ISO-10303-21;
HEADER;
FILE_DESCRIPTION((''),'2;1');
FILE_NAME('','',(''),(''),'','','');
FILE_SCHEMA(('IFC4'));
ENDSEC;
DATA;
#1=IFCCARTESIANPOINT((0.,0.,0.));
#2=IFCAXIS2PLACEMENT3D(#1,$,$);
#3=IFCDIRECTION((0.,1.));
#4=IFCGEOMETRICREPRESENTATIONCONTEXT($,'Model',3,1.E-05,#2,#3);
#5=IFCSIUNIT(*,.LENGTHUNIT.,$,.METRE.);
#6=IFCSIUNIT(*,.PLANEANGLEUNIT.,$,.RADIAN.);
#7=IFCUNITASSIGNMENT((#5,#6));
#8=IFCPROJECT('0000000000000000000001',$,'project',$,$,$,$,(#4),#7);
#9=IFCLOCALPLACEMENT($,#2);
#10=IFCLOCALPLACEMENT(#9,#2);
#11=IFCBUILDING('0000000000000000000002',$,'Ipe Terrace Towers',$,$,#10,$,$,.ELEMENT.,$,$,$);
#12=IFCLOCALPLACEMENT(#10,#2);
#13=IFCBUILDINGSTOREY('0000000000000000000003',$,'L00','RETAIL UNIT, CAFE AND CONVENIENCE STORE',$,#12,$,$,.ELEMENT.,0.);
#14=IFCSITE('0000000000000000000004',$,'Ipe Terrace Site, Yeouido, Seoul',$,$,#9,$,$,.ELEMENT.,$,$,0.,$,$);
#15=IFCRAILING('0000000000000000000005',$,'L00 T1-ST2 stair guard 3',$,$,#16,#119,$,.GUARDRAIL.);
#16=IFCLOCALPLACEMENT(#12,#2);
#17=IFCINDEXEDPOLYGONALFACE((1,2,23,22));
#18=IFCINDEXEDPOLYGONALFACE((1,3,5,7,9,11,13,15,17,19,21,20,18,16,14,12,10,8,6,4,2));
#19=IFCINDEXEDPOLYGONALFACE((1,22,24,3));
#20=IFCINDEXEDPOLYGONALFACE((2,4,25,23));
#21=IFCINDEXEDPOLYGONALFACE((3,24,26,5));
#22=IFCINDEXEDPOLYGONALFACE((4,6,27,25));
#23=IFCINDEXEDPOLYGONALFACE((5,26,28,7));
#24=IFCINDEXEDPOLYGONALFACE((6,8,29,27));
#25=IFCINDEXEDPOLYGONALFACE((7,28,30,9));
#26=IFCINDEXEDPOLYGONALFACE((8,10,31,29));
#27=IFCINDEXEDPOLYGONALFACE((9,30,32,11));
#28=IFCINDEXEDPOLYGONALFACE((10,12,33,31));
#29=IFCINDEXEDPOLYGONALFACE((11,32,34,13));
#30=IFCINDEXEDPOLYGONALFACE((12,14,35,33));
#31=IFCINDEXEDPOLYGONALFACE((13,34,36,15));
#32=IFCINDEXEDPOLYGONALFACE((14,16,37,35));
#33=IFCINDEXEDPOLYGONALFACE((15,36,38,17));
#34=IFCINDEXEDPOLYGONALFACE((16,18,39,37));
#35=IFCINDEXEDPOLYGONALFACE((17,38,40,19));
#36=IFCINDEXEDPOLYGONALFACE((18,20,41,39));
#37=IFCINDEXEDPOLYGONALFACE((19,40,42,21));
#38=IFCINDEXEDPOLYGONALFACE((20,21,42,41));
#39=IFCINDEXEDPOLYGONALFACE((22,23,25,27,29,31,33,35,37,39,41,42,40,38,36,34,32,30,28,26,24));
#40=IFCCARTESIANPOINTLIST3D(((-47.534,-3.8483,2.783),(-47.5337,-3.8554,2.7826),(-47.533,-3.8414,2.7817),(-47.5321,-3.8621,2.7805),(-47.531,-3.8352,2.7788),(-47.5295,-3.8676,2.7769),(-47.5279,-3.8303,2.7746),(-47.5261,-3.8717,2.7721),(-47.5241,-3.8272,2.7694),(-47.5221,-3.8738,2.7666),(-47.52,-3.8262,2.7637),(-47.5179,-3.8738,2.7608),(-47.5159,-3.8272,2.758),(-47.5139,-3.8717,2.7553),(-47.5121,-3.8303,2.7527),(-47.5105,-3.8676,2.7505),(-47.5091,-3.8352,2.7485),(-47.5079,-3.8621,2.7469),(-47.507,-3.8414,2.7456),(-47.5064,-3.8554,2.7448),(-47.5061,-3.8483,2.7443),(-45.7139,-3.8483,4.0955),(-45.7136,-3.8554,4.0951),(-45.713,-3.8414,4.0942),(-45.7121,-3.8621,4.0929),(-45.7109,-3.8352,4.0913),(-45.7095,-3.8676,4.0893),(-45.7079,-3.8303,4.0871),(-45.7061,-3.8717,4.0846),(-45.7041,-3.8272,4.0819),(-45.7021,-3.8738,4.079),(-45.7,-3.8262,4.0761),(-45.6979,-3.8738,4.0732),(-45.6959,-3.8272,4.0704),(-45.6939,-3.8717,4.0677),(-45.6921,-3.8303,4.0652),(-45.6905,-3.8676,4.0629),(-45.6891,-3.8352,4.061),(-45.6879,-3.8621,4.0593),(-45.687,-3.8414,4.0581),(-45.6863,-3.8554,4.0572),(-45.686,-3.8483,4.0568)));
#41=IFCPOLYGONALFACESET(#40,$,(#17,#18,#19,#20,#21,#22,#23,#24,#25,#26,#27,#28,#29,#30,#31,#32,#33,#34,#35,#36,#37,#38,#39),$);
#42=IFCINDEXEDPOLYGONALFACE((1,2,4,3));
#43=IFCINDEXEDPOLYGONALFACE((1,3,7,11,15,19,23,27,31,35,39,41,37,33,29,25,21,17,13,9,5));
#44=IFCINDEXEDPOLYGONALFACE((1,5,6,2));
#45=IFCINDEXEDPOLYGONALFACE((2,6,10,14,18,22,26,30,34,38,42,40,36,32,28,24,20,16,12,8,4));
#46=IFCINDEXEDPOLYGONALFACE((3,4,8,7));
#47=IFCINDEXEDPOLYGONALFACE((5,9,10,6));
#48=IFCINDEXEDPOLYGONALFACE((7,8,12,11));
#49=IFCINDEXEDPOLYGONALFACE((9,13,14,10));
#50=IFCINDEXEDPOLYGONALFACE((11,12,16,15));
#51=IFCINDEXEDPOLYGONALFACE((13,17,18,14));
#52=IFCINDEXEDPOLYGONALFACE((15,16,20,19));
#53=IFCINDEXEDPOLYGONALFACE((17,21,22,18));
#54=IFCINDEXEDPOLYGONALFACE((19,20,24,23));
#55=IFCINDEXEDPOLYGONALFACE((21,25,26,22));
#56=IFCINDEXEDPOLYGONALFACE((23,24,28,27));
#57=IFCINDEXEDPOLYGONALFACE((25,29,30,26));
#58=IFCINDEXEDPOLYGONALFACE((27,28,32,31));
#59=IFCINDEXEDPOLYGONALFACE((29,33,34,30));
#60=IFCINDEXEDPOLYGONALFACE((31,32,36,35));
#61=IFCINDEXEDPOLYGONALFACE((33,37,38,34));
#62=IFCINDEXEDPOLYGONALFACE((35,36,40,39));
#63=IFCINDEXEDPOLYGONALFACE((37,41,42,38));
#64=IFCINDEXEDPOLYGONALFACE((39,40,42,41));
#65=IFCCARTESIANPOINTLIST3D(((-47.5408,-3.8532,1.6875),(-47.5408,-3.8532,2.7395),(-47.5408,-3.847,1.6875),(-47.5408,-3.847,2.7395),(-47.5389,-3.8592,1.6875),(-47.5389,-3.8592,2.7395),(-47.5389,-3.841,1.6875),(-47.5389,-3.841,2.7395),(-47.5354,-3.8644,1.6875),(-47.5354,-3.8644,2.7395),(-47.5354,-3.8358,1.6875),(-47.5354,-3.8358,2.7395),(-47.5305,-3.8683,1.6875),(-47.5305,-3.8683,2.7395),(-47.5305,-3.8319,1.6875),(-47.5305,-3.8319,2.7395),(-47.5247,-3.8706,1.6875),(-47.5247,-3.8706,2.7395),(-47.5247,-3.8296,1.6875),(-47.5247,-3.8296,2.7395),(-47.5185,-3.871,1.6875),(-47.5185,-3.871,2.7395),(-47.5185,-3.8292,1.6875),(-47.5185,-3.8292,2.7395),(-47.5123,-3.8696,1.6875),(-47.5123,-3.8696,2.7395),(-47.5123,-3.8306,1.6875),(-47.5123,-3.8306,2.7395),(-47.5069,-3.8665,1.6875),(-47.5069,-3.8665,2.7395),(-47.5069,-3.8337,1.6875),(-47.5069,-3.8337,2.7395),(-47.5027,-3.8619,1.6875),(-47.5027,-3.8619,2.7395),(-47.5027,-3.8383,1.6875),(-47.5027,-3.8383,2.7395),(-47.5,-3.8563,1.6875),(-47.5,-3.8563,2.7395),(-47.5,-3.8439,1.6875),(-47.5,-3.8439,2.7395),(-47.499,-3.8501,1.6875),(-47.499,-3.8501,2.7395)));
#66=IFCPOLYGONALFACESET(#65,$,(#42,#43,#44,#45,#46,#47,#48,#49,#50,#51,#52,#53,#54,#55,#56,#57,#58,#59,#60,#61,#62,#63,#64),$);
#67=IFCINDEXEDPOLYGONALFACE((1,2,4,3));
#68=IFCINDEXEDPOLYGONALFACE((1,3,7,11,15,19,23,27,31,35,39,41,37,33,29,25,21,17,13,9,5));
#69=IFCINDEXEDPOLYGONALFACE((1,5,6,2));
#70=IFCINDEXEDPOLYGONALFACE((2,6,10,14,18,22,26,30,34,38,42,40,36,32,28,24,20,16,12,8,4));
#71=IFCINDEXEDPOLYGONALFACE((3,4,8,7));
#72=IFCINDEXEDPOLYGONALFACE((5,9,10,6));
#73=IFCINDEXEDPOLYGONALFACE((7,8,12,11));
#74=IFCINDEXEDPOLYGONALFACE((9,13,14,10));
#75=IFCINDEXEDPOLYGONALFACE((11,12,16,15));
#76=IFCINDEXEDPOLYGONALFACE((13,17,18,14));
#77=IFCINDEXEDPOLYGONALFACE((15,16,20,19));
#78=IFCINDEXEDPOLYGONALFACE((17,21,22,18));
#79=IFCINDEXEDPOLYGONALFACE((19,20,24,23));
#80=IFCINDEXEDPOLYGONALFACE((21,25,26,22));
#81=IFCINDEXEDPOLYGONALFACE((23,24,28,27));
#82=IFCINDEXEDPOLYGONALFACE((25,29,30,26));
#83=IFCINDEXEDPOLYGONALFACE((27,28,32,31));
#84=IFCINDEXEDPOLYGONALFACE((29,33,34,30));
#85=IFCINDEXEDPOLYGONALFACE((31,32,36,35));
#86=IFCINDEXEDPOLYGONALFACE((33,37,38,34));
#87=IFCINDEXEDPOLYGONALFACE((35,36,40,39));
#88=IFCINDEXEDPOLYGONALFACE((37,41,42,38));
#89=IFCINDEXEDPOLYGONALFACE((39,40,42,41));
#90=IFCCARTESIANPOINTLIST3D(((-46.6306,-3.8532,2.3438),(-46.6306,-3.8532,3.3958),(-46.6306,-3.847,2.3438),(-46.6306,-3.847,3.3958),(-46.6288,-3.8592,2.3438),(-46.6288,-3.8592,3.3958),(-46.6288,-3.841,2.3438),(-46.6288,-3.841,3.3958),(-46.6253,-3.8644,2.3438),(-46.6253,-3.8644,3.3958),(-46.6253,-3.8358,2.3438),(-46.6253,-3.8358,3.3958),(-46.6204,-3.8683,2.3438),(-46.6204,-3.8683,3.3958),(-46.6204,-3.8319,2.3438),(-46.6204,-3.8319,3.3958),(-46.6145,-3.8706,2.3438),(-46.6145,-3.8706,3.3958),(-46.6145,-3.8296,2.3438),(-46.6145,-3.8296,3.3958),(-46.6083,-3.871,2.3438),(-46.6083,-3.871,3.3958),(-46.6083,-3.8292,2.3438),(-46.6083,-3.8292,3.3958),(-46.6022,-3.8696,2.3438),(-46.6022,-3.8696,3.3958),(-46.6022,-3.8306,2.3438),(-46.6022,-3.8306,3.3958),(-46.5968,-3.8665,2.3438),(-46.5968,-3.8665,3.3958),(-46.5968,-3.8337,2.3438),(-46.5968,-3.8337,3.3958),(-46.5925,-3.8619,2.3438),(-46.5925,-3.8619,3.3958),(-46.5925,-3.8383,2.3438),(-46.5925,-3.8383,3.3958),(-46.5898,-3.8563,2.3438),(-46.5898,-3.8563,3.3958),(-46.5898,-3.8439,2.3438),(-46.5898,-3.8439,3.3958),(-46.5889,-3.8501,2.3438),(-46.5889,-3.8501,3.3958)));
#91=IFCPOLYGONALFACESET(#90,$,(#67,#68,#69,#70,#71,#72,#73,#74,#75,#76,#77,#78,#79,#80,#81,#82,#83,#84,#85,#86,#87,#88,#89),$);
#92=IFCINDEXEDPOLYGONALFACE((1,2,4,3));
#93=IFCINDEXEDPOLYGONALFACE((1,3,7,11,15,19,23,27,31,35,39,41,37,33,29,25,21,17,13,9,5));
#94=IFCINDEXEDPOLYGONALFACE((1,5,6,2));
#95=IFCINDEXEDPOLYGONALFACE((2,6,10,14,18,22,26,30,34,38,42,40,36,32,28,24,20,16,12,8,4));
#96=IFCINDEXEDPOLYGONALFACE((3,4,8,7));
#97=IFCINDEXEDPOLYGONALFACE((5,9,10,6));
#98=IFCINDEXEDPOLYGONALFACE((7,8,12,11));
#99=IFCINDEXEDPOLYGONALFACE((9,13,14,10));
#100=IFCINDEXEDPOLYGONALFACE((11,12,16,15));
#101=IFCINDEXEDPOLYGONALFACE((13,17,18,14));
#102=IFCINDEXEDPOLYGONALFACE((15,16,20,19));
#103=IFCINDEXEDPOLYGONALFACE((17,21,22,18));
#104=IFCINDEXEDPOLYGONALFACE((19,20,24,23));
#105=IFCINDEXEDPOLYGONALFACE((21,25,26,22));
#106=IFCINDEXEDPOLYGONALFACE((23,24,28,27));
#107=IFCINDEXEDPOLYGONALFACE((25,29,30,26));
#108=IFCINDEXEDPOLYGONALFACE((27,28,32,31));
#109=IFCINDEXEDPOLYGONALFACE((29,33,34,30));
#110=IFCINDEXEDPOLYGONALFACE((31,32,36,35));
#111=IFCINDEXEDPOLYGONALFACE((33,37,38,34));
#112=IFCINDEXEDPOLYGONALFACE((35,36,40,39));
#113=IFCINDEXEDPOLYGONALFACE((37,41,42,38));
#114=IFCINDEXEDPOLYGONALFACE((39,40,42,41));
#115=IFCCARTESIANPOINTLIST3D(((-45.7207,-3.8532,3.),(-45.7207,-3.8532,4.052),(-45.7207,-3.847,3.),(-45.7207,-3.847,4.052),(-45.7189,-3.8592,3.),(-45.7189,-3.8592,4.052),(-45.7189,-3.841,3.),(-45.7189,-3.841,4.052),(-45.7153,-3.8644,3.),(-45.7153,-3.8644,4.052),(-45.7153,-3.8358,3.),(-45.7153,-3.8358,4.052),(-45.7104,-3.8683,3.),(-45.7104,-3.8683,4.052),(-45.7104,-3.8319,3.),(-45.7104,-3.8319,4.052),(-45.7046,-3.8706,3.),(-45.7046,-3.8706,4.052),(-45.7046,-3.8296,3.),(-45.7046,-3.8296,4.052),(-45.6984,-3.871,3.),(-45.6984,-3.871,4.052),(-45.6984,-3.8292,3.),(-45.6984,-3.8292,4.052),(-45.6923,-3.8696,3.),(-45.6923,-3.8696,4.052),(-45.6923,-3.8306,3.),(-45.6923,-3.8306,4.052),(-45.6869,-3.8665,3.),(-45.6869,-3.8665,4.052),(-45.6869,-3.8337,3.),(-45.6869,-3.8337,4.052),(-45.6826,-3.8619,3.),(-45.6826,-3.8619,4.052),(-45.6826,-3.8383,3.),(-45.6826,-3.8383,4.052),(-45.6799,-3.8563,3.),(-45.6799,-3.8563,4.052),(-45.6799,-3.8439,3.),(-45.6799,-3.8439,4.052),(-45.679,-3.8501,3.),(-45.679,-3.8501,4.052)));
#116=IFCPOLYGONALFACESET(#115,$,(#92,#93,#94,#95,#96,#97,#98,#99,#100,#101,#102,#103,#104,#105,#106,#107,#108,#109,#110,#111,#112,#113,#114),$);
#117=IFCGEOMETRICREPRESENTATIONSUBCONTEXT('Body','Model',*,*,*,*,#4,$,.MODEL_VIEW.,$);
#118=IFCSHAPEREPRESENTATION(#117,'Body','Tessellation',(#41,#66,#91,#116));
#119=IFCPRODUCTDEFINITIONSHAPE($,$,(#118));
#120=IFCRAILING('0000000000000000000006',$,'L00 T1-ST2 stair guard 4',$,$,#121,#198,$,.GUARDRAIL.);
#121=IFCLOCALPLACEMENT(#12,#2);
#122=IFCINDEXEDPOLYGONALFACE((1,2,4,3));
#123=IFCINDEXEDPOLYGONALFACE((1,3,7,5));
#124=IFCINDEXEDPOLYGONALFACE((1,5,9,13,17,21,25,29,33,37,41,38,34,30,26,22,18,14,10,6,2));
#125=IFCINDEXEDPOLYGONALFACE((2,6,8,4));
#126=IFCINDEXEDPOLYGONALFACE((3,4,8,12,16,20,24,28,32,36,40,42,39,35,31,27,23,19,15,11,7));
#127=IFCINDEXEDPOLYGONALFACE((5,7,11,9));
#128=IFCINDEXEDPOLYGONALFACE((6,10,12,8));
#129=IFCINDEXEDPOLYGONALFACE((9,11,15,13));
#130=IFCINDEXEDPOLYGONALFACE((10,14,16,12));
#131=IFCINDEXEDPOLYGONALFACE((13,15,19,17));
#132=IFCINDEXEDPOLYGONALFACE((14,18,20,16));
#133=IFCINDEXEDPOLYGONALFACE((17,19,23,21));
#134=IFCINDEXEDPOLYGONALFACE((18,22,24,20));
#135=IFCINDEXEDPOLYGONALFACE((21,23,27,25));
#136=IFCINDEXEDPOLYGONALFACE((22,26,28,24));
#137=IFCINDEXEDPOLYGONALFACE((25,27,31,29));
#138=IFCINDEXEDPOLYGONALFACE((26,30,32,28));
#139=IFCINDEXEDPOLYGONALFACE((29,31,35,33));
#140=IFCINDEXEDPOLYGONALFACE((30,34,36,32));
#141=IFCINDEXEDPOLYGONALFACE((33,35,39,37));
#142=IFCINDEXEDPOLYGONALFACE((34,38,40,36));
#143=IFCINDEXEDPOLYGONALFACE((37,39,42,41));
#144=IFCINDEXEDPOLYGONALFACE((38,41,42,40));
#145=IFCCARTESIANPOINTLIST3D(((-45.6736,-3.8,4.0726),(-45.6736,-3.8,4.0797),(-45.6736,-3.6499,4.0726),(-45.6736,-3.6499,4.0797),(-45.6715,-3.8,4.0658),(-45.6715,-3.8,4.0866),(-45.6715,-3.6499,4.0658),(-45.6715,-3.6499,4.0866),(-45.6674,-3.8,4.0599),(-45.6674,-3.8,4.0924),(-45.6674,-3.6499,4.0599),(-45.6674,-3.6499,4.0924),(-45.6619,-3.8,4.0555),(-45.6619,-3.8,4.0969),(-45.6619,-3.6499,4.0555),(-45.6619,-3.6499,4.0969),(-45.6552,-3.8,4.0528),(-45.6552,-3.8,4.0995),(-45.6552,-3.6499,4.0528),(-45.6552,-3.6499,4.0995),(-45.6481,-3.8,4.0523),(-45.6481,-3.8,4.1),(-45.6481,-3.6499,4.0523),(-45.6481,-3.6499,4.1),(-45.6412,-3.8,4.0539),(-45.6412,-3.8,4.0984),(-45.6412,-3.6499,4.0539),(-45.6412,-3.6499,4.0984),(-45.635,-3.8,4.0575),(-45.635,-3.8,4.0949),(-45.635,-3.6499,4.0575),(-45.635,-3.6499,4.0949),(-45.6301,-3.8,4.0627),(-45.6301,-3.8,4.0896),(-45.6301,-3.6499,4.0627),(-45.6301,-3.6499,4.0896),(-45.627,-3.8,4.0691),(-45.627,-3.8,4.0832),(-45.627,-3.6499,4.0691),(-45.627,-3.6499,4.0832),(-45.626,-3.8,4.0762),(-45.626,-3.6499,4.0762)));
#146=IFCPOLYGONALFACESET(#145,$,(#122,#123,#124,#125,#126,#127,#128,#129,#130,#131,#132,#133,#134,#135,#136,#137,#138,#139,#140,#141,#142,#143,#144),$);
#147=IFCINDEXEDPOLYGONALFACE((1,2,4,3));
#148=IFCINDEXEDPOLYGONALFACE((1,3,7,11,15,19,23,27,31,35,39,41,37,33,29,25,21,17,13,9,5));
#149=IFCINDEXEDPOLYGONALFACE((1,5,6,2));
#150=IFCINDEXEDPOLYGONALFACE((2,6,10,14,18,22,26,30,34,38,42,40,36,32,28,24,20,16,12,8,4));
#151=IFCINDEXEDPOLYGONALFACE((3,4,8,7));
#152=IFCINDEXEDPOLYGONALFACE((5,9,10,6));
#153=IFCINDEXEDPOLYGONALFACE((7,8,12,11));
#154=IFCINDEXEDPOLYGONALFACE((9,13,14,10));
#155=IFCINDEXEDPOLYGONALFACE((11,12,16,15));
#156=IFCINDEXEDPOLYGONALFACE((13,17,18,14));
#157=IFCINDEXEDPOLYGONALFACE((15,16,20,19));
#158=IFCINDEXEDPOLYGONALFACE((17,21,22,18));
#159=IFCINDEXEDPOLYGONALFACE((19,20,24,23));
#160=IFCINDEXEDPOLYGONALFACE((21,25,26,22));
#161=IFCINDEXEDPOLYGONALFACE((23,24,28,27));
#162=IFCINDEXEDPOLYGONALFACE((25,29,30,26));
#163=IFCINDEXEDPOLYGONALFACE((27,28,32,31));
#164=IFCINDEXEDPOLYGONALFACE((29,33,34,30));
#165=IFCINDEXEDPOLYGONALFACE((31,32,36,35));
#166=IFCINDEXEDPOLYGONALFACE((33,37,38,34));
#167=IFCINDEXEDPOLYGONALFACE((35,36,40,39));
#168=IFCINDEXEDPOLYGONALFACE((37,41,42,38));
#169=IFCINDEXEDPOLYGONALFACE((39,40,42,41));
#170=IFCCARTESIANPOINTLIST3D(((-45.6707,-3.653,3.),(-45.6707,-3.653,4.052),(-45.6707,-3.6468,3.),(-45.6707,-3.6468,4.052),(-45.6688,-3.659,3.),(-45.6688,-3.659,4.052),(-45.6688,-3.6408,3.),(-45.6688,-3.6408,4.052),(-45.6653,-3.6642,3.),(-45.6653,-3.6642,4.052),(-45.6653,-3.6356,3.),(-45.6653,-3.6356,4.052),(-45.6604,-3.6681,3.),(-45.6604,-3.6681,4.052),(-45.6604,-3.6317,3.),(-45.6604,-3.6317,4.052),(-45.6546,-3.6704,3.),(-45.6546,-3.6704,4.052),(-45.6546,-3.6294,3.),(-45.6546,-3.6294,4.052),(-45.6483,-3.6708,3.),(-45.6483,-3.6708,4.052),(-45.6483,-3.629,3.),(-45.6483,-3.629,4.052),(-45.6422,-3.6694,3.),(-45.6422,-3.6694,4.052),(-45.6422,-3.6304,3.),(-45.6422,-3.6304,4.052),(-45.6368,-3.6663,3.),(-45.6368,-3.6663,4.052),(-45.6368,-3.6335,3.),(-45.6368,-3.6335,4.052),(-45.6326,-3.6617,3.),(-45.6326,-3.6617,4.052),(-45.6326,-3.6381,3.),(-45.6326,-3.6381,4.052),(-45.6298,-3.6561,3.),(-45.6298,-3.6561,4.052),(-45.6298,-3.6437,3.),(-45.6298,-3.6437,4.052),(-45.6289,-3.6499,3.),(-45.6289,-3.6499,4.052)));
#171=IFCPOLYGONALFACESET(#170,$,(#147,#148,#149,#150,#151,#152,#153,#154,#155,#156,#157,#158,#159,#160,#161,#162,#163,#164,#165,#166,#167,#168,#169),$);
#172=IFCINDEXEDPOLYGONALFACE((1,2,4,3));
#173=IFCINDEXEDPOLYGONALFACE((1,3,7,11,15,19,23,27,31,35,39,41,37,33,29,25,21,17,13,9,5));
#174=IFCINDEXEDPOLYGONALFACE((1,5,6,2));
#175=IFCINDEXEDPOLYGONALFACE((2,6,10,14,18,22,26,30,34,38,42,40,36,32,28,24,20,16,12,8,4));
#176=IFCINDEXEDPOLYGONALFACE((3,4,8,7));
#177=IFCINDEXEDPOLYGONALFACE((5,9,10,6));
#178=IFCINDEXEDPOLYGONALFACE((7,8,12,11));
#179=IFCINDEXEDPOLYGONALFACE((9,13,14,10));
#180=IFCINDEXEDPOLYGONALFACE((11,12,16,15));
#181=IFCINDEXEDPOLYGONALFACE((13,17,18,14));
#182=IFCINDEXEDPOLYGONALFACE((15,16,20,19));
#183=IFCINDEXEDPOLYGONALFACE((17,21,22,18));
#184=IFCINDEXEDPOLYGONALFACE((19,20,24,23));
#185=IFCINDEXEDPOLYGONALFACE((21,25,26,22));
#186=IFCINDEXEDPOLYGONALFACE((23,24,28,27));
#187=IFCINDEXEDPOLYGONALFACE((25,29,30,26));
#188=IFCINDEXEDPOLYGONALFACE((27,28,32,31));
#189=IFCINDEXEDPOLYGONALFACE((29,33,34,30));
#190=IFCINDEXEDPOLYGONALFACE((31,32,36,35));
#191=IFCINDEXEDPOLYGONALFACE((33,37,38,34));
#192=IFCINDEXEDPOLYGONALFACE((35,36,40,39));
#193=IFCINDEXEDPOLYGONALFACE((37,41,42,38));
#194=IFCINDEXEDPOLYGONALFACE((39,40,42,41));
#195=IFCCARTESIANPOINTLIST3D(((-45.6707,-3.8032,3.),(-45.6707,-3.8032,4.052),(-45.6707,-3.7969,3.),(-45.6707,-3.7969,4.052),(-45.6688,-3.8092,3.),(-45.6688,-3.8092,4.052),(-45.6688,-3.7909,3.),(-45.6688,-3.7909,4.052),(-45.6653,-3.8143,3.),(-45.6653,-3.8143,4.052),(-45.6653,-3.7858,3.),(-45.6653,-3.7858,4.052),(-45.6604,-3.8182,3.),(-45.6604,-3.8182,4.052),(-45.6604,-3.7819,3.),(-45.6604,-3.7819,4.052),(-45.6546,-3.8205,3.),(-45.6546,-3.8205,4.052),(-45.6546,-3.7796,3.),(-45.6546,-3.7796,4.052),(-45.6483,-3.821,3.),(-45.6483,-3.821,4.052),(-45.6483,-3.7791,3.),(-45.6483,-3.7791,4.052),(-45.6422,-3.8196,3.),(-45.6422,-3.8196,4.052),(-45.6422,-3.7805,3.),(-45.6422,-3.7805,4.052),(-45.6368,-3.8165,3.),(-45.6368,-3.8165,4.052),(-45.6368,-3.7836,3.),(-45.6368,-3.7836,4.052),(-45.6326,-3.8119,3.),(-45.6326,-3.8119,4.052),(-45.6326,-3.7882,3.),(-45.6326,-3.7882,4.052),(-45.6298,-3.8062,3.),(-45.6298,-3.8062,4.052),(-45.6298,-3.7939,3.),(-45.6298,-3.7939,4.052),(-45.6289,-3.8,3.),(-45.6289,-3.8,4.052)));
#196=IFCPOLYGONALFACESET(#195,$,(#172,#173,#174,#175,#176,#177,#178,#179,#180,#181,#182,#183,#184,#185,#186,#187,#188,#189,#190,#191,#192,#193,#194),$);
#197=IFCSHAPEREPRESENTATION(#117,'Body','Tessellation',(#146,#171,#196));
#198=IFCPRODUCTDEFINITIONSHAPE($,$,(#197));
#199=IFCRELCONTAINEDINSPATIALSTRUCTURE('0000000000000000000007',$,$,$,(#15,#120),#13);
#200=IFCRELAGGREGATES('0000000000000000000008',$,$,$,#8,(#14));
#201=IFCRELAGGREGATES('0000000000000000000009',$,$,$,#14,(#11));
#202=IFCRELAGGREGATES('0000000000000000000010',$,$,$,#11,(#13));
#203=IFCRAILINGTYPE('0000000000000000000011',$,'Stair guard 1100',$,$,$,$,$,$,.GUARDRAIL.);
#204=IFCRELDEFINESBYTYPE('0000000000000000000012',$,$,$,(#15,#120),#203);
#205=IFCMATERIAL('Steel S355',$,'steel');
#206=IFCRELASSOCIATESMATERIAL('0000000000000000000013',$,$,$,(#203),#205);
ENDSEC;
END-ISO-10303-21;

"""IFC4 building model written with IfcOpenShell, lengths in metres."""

from ifc_helpers import new_model, si_unit, direction, frame, origin, origin_2d, place, context, subcontext, project, spatial, circle, extrude, material, type_object, element, save


model = new_model("IFC4")

# Units and contexts
model_context = context("Model", 3, precision=1e-05, world=origin(), true_north=direction((0.0, 1.0)))
body_context = subcontext(model_context, "Body", "Model", "MODEL_VIEW")
ifc_project = project(units=[si_unit("LENGTHUNIT", "METRE"), si_unit("PLANEANGLEUNIT", "RADIAN")], contexts=[model_context])

# Site, building, storey
site_placement = place(None, origin())
site = spatial("IfcSite", under=ifc_project, at=site_placement, Name="Ipe Terrace Site, Yeouido, Seoul", CompositionType="ELEMENT", RefElevation=0.0)
building_placement = place(site_placement, origin())
building = spatial("IfcBuilding", under=site, at=building_placement, Name="Ipe Terrace Towers", CompositionType="ELEMENT")
storey_placement = place(building_placement, origin())
storey = spatial("IfcBuildingStorey", under=building, at=storey_placement, Name="L00", Description="RETAIL UNIT, CAFE AND CONVENIENCE STORE", CompositionType="ELEMENT", Elevation=0.0)

# Railings
ifc_material_1 = material(Name="Steel S355", Category="steel")
railing_type_1 = type_object("IfcRailingType", Name="Stair guard 1100", PredefinedType="GUARDRAIL", material=ifc_material_1)
railing_1_placement = place(storey_placement, frame((-47.52, -3.8501, 1.6875)))
element("IfcRailing", 1, at=railing_1_placement, inside=storey, type_object=railing_type_1, Name="L00 T1-ST2 stair guard 3", PredefinedType="GUARDRAIL", context=body_context, shape_type="SweptSolid", body=[
    extrude(circle(Radius=0.0239, at=origin_2d()), frame((0.0, 0.0, 1.0762), z_axis=(0.811101, 0.0, 0.584906), x_axis=(0.0, 1.0, 0.0)), (0.0, 0.0, 1.0), 2.2439),
    extrude(circle(Radius=0.021, at=origin_2d()), origin(), (0.0, 0.0, 1.0), 1.052),
    extrude(circle(Radius=0.021, at=origin_2d()), frame((0.9102, 0.0, 0.6562)), (0.0, 0.0, 1.0), 1.052),
    extrude(circle(Radius=0.021, at=origin_2d()), frame((1.8201, 0.0, 1.3125)), (0.0, 0.0, 1.0), 1.052),
])
railing_2_placement = place(storey_placement, frame((-45.6499, -3.6499, 3.0)))
element("IfcRailing", 2, at=railing_2_placement, inside=storey, type_object=railing_type_1, Name="L00 T1-ST2 stair guard 4", PredefinedType="GUARDRAIL", context=body_context, shape_type="SweptSolid", body=[
    extrude(circle(Radius=0.0239, at=origin_2d()), frame((0.0, 0.0, 1.0762), z_axis=(0.0, -1.0, 0.0), x_axis=(1.0, 0.0, 0.0)), (0.0, 0.0, 1.0), 0.1501),
    extrude(circle(Radius=0.021, at=origin_2d()), origin(), (0.0, 0.0, 1.0), 1.052),
    extrude(circle(Radius=0.021, at=origin_2d()), frame((0.0, -0.1501, 0.0)), (0.0, 0.0, 1.0), 1.052),
])

save(model, "model.ifc")
